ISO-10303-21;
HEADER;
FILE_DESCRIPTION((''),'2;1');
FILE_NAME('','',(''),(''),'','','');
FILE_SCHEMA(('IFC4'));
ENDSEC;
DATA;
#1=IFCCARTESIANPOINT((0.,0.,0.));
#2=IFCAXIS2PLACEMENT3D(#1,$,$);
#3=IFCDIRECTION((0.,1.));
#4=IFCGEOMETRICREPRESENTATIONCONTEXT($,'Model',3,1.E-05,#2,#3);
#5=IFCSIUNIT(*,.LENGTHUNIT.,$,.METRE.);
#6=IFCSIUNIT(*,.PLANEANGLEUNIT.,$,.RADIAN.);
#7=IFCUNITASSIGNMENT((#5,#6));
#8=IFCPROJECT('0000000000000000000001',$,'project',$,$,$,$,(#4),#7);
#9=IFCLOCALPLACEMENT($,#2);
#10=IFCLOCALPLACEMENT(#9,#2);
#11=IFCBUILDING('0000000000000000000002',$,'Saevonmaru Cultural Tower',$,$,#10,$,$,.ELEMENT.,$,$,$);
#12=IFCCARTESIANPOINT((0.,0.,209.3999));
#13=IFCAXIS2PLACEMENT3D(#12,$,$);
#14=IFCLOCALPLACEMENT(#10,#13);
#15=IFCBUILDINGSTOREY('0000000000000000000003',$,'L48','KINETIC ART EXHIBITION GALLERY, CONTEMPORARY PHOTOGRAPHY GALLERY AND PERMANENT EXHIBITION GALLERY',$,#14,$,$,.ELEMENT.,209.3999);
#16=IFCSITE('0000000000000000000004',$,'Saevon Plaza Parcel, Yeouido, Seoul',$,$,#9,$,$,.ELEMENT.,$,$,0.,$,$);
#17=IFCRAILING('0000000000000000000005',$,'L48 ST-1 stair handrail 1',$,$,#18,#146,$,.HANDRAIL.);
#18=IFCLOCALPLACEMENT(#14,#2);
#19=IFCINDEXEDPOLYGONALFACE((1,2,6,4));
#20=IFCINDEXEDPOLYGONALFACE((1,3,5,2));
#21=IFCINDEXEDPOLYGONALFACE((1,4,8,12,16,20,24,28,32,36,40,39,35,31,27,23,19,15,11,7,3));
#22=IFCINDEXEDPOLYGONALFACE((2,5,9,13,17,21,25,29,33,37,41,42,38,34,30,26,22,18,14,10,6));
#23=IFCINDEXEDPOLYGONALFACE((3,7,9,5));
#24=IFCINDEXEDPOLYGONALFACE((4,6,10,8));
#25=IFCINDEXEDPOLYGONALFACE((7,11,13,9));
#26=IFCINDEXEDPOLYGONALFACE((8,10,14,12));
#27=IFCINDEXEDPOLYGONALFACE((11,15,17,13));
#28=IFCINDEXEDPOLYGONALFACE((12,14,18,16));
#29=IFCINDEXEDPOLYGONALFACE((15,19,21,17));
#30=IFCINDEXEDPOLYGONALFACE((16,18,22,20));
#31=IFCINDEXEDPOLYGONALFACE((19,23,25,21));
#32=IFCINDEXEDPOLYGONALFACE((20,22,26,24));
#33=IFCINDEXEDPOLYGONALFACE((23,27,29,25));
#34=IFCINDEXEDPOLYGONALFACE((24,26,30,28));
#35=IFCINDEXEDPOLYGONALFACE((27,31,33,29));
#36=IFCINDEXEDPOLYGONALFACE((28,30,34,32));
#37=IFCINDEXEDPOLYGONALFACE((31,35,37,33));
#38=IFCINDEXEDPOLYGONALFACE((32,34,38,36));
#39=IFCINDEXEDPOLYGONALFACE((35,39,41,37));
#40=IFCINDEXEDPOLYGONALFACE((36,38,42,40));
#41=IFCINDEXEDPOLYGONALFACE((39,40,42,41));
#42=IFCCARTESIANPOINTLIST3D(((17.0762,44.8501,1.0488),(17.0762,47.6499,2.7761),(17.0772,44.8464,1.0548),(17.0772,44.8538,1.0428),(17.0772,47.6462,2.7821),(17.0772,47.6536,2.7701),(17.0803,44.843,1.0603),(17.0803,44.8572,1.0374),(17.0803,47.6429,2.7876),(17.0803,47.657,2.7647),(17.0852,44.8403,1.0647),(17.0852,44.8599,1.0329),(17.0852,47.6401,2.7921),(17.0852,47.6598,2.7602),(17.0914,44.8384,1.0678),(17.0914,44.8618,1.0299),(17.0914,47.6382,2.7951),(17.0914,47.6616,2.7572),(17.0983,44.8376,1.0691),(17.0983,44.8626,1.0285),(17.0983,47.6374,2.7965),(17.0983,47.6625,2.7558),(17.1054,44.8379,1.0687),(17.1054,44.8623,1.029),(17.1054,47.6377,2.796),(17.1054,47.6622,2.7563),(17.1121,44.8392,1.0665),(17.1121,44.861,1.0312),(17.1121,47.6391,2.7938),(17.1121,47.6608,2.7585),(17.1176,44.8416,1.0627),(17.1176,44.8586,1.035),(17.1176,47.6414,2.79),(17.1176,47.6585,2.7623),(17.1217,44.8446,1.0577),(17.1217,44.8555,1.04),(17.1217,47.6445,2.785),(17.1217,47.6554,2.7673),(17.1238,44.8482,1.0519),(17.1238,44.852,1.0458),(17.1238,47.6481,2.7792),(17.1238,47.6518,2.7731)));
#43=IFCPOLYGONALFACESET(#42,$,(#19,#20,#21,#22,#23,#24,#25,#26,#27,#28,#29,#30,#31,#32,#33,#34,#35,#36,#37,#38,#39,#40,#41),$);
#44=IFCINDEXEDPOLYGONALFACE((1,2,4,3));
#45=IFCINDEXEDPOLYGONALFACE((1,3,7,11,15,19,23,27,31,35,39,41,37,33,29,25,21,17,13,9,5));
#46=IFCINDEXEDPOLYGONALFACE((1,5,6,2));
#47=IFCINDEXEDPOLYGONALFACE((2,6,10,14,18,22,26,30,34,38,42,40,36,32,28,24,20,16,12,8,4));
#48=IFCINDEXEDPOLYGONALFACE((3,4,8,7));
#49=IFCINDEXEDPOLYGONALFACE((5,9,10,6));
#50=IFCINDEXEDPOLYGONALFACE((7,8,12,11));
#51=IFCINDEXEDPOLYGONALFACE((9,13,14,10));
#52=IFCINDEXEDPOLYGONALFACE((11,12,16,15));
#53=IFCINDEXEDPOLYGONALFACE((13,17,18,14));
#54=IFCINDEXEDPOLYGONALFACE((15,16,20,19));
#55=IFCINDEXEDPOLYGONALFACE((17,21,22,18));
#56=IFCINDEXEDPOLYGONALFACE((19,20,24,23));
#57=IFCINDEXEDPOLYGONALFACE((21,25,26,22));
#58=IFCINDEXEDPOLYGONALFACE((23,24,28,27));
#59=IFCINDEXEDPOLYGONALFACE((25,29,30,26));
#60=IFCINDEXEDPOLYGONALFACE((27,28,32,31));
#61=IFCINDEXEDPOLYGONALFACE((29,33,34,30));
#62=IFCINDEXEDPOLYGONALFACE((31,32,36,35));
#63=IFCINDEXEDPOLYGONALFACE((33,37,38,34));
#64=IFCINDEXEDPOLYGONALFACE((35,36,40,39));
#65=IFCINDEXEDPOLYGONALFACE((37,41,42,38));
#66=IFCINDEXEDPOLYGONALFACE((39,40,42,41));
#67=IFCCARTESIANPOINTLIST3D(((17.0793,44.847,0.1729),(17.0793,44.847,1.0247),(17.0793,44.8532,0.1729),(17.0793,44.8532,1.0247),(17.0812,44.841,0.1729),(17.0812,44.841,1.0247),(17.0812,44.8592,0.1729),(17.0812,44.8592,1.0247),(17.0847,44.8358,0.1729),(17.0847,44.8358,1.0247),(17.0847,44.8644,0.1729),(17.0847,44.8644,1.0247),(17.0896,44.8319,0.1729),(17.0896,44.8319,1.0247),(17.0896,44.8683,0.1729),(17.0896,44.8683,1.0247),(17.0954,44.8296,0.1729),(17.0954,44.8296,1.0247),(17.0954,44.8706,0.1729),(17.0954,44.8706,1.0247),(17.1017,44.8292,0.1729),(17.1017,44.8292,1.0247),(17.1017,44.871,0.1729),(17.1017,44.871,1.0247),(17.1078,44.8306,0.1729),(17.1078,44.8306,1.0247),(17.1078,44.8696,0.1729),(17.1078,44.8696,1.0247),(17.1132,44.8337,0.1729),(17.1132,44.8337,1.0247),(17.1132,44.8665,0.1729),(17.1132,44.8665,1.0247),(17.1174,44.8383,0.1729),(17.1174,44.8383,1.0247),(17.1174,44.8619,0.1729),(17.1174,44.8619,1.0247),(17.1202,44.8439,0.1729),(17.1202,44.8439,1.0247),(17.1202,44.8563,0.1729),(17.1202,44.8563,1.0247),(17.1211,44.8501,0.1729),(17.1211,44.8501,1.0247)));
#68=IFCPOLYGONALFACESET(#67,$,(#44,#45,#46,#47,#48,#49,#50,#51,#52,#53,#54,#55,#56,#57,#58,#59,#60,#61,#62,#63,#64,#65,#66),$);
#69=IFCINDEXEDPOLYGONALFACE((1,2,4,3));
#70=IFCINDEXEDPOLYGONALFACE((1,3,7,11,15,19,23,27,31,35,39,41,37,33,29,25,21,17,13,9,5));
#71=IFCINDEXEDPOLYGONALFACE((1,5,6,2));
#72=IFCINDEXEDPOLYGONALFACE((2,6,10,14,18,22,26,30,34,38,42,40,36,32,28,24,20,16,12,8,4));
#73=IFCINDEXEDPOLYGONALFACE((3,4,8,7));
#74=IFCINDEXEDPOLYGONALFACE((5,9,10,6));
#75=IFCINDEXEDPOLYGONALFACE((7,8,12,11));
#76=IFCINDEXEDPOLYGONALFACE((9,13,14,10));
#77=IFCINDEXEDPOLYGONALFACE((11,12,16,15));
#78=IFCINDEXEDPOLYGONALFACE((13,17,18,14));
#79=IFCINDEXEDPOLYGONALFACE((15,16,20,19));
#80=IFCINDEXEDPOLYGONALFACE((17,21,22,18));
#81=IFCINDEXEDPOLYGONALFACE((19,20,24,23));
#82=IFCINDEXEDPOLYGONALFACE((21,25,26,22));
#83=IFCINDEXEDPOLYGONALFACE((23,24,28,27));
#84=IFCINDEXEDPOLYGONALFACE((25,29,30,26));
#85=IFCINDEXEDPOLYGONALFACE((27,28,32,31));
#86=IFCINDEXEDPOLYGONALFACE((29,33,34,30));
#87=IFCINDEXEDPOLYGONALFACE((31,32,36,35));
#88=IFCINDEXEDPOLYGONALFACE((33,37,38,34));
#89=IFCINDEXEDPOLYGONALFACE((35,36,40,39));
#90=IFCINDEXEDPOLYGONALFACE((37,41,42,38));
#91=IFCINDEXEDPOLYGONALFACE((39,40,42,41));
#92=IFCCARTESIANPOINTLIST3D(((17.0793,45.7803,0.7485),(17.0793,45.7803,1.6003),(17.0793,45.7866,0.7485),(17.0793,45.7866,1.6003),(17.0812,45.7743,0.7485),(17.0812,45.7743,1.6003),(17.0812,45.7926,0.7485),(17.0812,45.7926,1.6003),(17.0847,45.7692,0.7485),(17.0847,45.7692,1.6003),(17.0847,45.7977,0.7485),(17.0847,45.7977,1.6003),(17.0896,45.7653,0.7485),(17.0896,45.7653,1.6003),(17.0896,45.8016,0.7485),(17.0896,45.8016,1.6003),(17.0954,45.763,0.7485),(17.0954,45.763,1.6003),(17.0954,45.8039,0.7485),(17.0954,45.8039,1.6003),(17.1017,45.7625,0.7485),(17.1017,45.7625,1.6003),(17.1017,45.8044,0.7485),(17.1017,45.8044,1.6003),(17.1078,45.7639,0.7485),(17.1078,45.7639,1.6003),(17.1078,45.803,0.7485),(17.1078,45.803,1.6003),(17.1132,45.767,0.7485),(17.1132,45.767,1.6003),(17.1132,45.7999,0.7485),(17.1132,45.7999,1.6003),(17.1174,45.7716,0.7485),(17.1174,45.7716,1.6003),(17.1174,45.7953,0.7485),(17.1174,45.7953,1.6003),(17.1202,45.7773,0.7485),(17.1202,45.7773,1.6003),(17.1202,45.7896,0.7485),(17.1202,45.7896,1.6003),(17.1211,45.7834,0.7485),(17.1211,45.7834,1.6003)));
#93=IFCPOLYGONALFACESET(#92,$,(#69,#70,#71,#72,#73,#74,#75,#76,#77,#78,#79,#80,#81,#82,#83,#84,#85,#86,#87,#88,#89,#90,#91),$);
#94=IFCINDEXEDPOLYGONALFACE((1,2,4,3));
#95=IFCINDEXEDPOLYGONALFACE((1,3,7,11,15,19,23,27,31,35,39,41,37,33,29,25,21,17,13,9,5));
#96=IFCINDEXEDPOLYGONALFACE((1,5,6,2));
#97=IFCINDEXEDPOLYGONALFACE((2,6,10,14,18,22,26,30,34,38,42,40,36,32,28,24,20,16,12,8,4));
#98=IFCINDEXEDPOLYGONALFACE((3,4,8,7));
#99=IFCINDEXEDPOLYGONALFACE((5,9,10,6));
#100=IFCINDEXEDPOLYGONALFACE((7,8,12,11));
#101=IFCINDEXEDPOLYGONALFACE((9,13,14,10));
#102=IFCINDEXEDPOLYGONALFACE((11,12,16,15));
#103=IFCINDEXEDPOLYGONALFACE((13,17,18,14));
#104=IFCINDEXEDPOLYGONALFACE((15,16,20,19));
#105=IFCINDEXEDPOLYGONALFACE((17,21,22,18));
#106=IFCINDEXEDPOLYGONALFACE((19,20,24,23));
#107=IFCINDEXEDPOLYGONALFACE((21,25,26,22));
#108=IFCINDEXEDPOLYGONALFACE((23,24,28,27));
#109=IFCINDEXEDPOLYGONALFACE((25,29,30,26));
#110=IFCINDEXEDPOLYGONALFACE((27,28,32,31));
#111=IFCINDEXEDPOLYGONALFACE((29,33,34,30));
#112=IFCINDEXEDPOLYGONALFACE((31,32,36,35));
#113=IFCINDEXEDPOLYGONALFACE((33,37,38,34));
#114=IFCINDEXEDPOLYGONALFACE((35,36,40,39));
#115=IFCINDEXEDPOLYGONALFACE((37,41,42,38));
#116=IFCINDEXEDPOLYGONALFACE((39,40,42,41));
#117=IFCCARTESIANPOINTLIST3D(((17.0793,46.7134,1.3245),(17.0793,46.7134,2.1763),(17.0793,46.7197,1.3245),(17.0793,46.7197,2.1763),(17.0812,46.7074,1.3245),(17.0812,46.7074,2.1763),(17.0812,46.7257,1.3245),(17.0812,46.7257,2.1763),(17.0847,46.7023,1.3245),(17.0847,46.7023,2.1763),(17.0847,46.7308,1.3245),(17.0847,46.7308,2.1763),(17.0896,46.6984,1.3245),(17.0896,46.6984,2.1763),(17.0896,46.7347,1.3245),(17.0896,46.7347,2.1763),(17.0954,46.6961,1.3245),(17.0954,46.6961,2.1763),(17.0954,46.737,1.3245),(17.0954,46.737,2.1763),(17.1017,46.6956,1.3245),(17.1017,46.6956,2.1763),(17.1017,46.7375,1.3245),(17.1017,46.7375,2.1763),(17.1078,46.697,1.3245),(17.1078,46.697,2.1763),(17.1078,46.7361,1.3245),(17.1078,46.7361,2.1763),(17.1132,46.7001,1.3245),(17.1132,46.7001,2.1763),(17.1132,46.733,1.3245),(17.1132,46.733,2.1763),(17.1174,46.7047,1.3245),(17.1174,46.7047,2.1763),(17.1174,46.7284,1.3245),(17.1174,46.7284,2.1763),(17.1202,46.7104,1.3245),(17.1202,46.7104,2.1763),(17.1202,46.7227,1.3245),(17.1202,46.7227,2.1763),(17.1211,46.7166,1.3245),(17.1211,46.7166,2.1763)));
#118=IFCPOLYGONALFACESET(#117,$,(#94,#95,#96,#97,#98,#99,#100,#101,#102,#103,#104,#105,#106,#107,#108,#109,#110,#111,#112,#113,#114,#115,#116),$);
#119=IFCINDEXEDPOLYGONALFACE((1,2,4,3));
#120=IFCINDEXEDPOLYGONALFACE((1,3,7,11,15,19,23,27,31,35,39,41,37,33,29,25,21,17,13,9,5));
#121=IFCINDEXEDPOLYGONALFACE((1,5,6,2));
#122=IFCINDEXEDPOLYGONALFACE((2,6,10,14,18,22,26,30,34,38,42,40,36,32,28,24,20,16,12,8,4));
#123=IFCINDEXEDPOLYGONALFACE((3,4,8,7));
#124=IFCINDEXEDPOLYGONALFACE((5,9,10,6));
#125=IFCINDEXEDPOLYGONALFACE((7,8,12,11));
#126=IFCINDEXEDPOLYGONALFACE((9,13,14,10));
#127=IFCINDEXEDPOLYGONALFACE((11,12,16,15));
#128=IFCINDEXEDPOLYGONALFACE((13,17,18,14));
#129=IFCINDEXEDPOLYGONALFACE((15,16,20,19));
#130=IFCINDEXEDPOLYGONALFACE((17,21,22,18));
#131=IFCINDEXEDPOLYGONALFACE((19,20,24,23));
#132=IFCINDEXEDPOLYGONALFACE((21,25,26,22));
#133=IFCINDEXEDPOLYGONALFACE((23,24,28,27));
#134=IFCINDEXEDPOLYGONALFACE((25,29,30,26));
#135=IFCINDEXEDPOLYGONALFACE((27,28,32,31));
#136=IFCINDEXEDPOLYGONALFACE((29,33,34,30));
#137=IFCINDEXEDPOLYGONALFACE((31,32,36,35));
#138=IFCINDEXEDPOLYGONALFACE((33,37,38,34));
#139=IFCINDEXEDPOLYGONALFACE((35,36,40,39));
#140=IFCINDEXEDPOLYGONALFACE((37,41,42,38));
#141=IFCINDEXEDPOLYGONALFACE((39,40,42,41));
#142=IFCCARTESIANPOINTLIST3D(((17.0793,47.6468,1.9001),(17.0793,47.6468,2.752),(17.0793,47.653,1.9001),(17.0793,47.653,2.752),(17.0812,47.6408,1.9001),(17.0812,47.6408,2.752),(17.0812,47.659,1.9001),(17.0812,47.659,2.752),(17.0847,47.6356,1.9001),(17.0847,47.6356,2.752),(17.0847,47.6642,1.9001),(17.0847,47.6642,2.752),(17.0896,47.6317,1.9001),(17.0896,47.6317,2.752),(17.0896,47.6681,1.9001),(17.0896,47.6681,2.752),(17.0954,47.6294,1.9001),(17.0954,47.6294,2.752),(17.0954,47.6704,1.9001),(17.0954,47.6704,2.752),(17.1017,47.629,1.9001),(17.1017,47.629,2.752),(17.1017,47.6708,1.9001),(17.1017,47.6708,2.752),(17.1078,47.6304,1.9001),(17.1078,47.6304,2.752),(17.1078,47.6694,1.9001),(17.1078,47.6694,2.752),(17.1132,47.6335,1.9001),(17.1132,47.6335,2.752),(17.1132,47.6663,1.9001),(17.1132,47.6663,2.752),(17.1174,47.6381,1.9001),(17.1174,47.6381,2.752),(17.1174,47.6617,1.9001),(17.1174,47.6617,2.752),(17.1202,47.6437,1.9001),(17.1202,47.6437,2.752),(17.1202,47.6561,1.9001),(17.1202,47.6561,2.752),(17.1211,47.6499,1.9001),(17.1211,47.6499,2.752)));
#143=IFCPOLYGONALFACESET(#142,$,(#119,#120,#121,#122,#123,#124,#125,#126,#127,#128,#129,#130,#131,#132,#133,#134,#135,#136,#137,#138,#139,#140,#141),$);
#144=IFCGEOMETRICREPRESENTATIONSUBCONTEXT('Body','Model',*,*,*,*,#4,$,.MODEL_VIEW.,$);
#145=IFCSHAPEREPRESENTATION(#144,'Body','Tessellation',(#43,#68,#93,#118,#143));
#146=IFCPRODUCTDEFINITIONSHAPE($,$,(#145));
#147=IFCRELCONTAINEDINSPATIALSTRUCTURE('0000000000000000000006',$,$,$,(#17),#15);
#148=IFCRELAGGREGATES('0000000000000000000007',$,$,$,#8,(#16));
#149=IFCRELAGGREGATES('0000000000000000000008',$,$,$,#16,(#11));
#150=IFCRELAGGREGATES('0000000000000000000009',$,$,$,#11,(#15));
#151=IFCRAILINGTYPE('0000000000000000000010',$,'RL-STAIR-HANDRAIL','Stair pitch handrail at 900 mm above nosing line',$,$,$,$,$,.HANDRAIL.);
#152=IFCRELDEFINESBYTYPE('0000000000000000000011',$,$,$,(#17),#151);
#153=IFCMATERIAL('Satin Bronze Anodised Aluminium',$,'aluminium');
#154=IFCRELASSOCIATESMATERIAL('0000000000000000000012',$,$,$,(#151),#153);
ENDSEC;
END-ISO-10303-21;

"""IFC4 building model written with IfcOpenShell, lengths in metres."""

from ifc_helpers import new_model, si_unit, direction, frame, origin, origin_2d, place, context, subcontext, project, spatial, circle, extrude, material, type_object, element, save


model = new_model("IFC4")

# Units and contexts
model_context = context("Model", 3, precision=1e-05, world=origin(), true_north=direction((0.0, 1.0)))
body_context = subcontext(model_context, "Body", "Model", "MODEL_VIEW")
ifc_project = project(units=[si_unit("LENGTHUNIT", "METRE"), si_unit("PLANEANGLEUNIT", "RADIAN")], contexts=[model_context])

# Site, building, storey
site_placement = place(None, origin())
site = spatial("IfcSite", under=ifc_project, at=site_placement, Name="Saevon Plaza Parcel, Yeouido, Seoul", CompositionType="ELEMENT", RefElevation=0.0)
building_placement = place(site_placement, origin())
building = spatial("IfcBuilding", under=site, at=building_placement, Name="Saevonmaru Cultural Tower", CompositionType="ELEMENT")
storey_placement = place(building_placement, frame((0.0, 0.0, 209.3999)))
storey = spatial("IfcBuildingStorey", under=building, at=storey_placement, Name="L48", Description="KINETIC ART EXHIBITION GALLERY, CONTEMPORARY PHOTOGRAPHY GALLERY AND PERMANENT EXHIBITION GALLERY", CompositionType="ELEMENT", Elevation=209.3999)

# Shared definitions
ifc_material_1 = material(Name="Satin Bronze Anodised Aluminium", Category="aluminium")

# Railing
railing_type_1 = type_object("IfcRailingType", Name="RL-STAIR-HANDRAIL", Description="Stair pitch handrail at 900 mm above nosing line", PredefinedType="HANDRAIL", material=ifc_material_1)
railing_1_placement = place(storey_placement, frame((17.1001, 44.8501, 0.1729)))
element("IfcRailing", 1, at=railing_1_placement, inside=storey, type_object=railing_type_1, Name="L48 ST-1 stair handrail 1", PredefinedType="HANDRAIL", context=body_context, shape_type="SweptSolid", body=[
    extrude(circle(Radius=0.0239, at=origin_2d()), frame((0.0, 0.0, 0.876), z_axis=(0.0, 0.851069, 0.525054), x_axis=(-1.0, 0.0, 0.0)), (0.0, 0.0, 1.0), 3.2898),
    extrude(circle(Radius=0.021, at=origin_2d()), origin(), (0.0, 0.0, 1.0), 0.8518),
    extrude(circle(Radius=0.021, at=origin_2d()), frame((0.0, 0.9333, 0.5757)), (0.0, 0.0, 1.0), 0.8518),
    extrude(circle(Radius=0.021, at=origin_2d()), frame((0.0, 1.8665, 1.1516)), (0.0, 0.0, 1.0), 0.8518),
    extrude(circle(Radius=0.021, at=origin_2d()), frame((0.0, 2.7998, 1.7273)), (0.0, 0.0, 1.0), 0.8518),
])

save(model, "model.ifc")
